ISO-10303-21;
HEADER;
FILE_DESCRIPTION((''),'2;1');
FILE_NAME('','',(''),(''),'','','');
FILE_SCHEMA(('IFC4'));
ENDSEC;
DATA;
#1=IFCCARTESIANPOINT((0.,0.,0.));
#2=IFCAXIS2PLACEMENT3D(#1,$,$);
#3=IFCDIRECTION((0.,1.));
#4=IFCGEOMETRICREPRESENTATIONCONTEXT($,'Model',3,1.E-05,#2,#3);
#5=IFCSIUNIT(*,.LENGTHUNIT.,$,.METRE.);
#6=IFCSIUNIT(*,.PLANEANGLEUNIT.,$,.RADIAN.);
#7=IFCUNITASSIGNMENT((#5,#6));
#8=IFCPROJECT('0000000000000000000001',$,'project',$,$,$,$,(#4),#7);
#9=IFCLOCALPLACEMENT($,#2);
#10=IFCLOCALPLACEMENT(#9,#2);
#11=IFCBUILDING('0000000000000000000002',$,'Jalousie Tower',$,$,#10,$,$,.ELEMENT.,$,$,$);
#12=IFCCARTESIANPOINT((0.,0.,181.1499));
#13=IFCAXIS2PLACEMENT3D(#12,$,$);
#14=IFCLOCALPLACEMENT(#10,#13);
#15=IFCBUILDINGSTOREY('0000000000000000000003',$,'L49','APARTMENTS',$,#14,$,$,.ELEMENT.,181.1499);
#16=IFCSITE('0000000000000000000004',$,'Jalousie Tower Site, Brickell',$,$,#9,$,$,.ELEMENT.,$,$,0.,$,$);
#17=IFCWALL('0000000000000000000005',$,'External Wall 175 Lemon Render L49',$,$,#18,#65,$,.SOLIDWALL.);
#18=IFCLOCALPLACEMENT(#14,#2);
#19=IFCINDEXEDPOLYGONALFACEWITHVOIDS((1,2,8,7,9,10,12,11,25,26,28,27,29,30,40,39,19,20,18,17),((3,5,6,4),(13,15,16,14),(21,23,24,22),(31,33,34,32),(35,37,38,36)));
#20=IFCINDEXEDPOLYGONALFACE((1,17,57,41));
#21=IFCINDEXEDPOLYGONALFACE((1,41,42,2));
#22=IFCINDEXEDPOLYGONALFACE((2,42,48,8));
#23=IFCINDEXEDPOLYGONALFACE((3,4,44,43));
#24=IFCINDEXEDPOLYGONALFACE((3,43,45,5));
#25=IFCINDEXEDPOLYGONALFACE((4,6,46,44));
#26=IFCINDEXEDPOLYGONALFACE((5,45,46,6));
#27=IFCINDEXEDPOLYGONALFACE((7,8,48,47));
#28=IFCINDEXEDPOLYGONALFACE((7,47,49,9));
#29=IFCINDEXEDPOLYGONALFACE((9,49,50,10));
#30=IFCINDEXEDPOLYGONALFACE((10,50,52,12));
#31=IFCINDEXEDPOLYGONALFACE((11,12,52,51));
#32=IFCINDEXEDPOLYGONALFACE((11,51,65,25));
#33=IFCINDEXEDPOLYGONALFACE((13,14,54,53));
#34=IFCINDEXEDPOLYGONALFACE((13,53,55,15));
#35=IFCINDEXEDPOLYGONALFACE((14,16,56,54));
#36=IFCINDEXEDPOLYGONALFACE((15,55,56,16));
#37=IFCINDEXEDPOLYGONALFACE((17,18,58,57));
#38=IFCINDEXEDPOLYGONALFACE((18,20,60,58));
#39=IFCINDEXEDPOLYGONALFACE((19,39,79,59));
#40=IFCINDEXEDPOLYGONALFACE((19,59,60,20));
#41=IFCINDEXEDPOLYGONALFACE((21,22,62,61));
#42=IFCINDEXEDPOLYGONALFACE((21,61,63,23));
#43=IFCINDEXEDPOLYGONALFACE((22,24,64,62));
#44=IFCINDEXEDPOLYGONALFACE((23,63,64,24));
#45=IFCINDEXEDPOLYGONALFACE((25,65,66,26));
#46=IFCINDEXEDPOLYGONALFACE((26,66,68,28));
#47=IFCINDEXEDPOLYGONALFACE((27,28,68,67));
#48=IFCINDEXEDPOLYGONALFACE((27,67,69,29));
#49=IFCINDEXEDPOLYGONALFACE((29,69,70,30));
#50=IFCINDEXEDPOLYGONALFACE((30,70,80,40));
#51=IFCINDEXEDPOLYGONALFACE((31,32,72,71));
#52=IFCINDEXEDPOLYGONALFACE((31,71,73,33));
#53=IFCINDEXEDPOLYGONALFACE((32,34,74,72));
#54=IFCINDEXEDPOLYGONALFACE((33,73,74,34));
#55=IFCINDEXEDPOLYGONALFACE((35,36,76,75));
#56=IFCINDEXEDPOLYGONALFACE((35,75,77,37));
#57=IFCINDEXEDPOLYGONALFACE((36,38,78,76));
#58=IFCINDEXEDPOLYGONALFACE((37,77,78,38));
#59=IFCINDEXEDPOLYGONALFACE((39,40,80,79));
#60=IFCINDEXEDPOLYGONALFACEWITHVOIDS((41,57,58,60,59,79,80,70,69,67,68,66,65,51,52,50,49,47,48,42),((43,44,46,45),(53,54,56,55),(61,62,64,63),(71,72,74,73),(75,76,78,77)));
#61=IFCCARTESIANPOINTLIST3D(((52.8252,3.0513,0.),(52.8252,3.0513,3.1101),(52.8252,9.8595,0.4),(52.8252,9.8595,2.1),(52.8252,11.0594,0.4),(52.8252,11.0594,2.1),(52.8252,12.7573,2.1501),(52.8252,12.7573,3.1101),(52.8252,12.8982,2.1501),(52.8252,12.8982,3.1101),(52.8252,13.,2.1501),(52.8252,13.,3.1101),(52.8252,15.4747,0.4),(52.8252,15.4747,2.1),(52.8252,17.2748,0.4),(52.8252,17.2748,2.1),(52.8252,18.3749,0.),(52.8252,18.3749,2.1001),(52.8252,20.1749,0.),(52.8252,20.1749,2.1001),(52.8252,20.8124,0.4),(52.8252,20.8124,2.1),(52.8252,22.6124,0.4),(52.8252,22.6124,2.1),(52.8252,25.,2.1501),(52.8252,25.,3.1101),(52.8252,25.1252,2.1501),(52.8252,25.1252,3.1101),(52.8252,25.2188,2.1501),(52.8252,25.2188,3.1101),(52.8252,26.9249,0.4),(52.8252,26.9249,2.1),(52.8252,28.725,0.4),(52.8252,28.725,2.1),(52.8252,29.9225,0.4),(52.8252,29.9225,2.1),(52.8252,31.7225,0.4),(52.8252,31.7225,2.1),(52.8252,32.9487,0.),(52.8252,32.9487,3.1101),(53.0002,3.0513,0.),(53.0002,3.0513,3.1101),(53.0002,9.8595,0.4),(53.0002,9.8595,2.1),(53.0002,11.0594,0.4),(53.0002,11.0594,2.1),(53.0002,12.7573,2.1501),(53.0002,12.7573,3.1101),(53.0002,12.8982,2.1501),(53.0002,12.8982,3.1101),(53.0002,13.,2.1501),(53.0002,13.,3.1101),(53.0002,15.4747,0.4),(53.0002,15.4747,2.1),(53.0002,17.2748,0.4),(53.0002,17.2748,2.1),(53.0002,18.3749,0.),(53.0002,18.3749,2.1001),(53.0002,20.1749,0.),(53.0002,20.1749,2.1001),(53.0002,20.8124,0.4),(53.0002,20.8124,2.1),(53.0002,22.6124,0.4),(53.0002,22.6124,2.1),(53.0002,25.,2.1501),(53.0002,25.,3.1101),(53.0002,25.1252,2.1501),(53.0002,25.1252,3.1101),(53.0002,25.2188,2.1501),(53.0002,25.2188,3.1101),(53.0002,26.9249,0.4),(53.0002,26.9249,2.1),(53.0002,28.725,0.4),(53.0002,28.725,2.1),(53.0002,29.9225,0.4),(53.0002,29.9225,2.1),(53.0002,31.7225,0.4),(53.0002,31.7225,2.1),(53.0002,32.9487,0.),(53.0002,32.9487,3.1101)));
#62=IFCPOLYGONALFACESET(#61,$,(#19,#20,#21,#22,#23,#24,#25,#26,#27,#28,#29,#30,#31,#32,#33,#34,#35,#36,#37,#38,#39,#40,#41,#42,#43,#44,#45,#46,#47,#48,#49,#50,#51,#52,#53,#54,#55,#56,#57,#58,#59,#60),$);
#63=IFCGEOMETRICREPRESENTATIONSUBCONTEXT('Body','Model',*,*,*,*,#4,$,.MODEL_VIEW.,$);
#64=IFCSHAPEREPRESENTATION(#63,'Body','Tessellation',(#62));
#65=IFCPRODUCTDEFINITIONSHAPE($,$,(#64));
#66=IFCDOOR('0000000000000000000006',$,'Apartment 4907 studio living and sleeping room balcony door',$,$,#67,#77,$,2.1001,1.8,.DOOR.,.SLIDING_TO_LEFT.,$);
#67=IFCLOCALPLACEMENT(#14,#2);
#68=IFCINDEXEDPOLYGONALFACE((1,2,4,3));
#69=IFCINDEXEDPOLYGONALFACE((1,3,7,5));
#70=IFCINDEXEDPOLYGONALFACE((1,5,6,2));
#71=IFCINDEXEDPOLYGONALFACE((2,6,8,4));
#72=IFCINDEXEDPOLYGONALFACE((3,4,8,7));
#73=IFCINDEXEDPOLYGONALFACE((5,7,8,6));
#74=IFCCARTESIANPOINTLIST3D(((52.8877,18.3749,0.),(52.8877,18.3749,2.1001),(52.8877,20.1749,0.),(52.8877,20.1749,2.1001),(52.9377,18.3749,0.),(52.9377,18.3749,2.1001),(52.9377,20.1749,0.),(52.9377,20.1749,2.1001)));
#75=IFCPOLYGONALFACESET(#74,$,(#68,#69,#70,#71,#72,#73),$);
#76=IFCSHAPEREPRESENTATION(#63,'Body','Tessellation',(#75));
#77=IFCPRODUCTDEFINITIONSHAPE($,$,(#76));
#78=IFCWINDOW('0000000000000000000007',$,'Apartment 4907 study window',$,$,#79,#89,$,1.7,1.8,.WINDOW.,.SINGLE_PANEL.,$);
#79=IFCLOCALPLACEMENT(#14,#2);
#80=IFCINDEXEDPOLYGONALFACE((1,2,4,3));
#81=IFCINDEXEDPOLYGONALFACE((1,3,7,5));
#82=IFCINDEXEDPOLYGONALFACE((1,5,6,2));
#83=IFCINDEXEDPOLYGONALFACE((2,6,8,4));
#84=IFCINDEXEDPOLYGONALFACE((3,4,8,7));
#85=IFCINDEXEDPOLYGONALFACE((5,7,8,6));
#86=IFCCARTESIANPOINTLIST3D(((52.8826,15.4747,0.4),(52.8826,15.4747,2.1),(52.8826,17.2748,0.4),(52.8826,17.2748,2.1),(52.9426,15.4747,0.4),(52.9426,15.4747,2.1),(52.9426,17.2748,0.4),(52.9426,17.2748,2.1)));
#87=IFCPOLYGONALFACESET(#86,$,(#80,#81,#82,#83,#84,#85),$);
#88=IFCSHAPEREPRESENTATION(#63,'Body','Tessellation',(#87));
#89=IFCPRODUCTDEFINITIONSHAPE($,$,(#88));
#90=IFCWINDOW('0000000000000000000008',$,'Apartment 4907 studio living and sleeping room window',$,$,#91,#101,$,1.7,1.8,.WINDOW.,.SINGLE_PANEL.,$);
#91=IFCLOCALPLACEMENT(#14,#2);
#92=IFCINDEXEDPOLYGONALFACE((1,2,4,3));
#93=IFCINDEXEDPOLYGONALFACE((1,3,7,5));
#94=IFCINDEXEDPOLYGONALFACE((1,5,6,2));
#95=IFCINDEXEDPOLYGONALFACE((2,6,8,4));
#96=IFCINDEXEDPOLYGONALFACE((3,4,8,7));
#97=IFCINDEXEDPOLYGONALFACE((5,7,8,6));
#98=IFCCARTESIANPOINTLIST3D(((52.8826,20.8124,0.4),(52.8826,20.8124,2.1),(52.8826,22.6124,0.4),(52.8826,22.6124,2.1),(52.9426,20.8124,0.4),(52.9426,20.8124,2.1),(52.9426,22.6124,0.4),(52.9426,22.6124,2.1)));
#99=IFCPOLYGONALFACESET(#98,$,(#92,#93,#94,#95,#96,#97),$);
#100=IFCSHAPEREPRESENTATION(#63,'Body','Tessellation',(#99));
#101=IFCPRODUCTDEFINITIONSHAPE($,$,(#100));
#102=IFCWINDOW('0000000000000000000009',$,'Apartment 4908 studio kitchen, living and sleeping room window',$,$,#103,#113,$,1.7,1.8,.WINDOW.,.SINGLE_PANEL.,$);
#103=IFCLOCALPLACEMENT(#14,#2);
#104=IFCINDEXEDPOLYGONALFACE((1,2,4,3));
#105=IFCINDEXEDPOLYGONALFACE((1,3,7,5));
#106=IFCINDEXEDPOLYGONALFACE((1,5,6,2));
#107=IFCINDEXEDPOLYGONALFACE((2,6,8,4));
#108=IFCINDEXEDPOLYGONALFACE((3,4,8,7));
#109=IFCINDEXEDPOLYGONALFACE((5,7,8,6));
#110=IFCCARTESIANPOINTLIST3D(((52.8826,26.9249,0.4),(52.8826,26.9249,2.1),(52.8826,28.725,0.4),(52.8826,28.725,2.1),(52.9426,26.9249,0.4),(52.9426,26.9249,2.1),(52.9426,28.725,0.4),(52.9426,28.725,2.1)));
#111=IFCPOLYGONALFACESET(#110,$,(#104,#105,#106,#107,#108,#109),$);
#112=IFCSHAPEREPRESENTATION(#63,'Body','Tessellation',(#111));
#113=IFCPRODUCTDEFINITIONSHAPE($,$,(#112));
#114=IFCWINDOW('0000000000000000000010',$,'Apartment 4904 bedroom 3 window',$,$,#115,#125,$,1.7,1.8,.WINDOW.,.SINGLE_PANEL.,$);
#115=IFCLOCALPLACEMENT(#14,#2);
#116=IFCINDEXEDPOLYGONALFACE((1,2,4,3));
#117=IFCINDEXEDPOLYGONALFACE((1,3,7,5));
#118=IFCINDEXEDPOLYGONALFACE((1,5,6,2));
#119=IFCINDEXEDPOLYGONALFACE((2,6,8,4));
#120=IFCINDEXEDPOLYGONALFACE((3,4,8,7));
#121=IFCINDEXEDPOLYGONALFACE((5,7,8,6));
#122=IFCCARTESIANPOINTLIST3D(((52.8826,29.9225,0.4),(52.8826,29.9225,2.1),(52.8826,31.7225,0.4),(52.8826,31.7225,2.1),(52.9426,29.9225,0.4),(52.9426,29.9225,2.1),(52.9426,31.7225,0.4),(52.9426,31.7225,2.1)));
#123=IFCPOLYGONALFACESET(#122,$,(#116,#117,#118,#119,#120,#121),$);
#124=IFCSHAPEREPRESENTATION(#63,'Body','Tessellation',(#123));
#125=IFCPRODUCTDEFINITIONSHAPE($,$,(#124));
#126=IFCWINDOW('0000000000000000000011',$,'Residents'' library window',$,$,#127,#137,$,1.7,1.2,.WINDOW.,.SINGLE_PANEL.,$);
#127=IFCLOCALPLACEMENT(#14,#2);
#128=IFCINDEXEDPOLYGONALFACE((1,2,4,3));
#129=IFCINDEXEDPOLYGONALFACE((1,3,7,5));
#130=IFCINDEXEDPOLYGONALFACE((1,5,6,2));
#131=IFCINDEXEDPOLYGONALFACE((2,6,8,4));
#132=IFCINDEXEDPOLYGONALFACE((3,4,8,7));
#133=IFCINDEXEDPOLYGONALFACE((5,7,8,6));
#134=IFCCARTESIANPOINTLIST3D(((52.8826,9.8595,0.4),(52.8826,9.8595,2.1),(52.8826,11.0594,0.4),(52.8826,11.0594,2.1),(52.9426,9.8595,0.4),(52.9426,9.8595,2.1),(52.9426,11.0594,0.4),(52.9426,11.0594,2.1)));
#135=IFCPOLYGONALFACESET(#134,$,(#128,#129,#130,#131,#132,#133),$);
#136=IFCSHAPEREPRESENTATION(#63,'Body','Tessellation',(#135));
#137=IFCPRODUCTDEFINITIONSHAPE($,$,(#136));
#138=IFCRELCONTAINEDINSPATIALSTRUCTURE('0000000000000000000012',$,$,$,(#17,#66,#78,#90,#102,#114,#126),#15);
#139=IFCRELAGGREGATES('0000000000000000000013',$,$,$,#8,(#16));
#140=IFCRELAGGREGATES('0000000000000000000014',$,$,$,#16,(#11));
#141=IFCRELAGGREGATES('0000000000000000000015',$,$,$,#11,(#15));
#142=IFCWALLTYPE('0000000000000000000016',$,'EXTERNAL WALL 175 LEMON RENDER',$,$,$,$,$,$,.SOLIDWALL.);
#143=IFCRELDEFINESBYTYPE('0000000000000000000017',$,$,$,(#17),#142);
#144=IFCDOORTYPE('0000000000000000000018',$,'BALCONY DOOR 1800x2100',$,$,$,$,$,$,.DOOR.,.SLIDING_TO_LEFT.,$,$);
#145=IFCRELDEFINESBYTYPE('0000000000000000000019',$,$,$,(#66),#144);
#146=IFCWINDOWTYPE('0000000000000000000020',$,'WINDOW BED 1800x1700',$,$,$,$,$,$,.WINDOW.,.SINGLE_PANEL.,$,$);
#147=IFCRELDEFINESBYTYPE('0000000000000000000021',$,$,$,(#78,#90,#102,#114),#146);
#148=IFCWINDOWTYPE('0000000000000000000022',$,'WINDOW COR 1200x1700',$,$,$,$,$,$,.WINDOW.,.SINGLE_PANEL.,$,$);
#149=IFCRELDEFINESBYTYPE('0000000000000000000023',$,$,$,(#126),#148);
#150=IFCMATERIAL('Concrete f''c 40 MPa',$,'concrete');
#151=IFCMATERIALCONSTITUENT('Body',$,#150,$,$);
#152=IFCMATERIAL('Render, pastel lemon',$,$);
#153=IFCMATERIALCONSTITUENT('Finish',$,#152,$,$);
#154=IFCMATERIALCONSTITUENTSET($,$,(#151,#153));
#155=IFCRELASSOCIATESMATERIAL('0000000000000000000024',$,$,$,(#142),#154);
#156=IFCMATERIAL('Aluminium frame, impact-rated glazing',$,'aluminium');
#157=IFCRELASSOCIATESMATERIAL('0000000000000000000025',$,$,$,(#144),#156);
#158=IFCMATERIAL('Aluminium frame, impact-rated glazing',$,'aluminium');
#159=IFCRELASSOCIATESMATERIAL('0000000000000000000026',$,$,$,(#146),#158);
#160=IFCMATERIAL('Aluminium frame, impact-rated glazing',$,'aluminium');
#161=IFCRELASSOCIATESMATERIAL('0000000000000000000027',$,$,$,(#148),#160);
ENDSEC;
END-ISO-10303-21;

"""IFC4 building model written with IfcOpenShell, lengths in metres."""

from ifc_helpers import new_model, si_unit, direction, frame, frame_2d, origin, place, context, subcontext, project, spatial, polyline, rectangle, outline, extrude, material, constituent, constituent_set, type_object, element, fill, save


model = new_model("IFC4")

# Units and contexts
model_context = context("Model", 3, precision=1e-05, world=origin(), true_north=direction((0.0, 1.0)))
body_context = subcontext(model_context, "Body", "Model", "MODEL_VIEW")
ifc_project = project(units=[si_unit("LENGTHUNIT", "METRE"), si_unit("PLANEANGLEUNIT", "RADIAN")], contexts=[model_context])

# Site, building, storey
site_placement = place(None, origin())
site = spatial("IfcSite", under=ifc_project, at=site_placement, Name="Jalousie Tower Site, Brickell", CompositionType="ELEMENT", RefElevation=0.0)
building_placement = place(site_placement, origin())
building = spatial("IfcBuilding", under=site, at=building_placement, Name="Jalousie Tower", CompositionType="ELEMENT")
storey_placement = place(building_placement, frame((0.0, 0.0, 181.1499)))
storey = spatial("IfcBuildingStorey", under=building, at=storey_placement, Name="L49", Description="APARTMENTS", CompositionType="ELEMENT", Elevation=181.1499)

# Wall, openings, door, windows
ifc_material_1 = material(Name="Concrete f'c 40 MPa", Category="concrete")
ifc_constituent_1 = constituent(ifc_material_1, Name="Body")
ifc_material_2 = material(Name="Render, pastel lemon")
ifc_constituent_2 = constituent(ifc_material_2, Name="Finish")
ifc_constituent_set_1 = constituent_set(constituents=[ifc_constituent_1, ifc_constituent_2])
wall_type_1 = type_object("IfcWallType", Name="EXTERNAL WALL 175 LEMON RENDER", PredefinedType="SOLIDWALL", material=ifc_constituent_set_1)
wall_1_placement = place(storey_placement, frame((52.9126, 3.0513, 0.0), z_axis=(0.0, 0.0, 1.0), x_axis=(0.0, 1.0, 0.0)))
wall_1 = element("IfcWall", 1, at=wall_1_placement, inside=storey, type_object=wall_type_1, Name="External Wall 175 Lemon Render L49", PredefinedType="SOLIDWALL", context=body_context, shape_type="SweptSolid", body=[
    extrude(outline(polyline([(0.0, 0.0), (29.8975, 0.0), (29.8975, 3.1101), (22.1675, 3.1101), (22.1675, 2.1501), (22.074, 2.1501), (22.074, 3.1101), (21.9487, 3.1101), (21.9487, 2.1501), (9.9487, 2.1501), (9.9487, 3.1101), (9.8469, 3.1101), (9.8469, 2.1501), (9.7061, 2.1501), (9.7061, 3.1101), (0.0, 3.1101), (0.0, 0.0)])), frame((0.0, 0.0874, 0.0), z_axis=(0.0, -1.0, 0.0), x_axis=(1.0, 0.0, 0.0)), (0.0, 0.0, 1.0), 0.175),
])
opening_1_placement = place(wall_1_placement, frame((6.8081, 0.0, 0.3999)))
opening_1 = element("IfcOpeningElement", 2, at=opening_1_placement, cuts=wall_1, PredefinedType="OPENING", context=body_context, shape_type="SweptSolid", body=[
    extrude(rectangle(XDim=1.2, YDim=1.7, at=frame_2d((0.6001, 0.8501))), frame((0.0, 0.0974, 0.0), z_axis=(0.0, -1.0, 0.0), x_axis=(1.0, 0.0, 0.0)), (0.0, 0.0, 1.0), 0.1951),
])
opening_2_placement = place(wall_1_placement, frame((12.4236, 0.0, 0.3999)))
opening_2 = element("IfcOpeningElement", 3, at=opening_2_placement, cuts=wall_1, PredefinedType="OPENING", context=body_context, shape_type="SweptSolid", body=[
    extrude(rectangle(XDim=1.8, YDim=1.7, at=frame_2d((0.8999, 0.8501))), frame((0.0, 0.0974, 0.0), z_axis=(0.0, -1.0, 0.0), x_axis=(1.0, 0.0, 0.0)), (0.0, 0.0, 1.0), 0.1951),
])
opening_3_placement = place(wall_1_placement, frame((15.3237, 0.0, 0.0)))
opening_3 = element("IfcOpeningElement", 4, at=opening_3_placement, cuts=wall_1, PredefinedType="OPENING", context=body_context, shape_type="SweptSolid", body=[
    extrude(rectangle(XDim=1.8, YDim=2.1001, at=frame_2d((0.8999, 1.05))), frame((0.0, 0.0974, 0.0), z_axis=(0.0, -1.0, 0.0), x_axis=(1.0, 0.0, 0.0)), (0.0, 0.0, 1.0), 0.1951),
])
opening_4_placement = place(wall_1_placement, frame((17.7612, 0.0, 0.3999)))
opening_4 = element("IfcOpeningElement", 5, at=opening_4_placement, cuts=wall_1, PredefinedType="OPENING", context=body_context, shape_type="SweptSolid", body=[
    extrude(rectangle(XDim=1.8, YDim=1.7, at=frame_2d((0.8999, 0.8501))), frame((0.0, 0.0974, 0.0), z_axis=(0.0, -1.0, 0.0), x_axis=(1.0, 0.0, 0.0)), (0.0, 0.0, 1.0), 0.1951),
])
opening_5_placement = place(wall_1_placement, frame((23.8738, 0.0, 0.3999)))
opening_5 = element("IfcOpeningElement", 6, at=opening_5_placement, cuts=wall_1, PredefinedType="OPENING", context=body_context, shape_type="SweptSolid", body=[
    extrude(rectangle(XDim=1.8, YDim=1.7, at=frame_2d((0.8999, 0.8501))), frame((0.0, 0.0974, 0.0), z_axis=(0.0, -1.0, 0.0), x_axis=(1.0, 0.0, 0.0)), (0.0, 0.0, 1.0), 0.1951),
])
opening_6_placement = place(wall_1_placement, frame((26.8713, 0.0, 0.3999)))
opening_6 = element("IfcOpeningElement", 7, at=opening_6_placement, cuts=wall_1, PredefinedType="OPENING", context=body_context, shape_type="SweptSolid", body=[
    extrude(rectangle(XDim=1.8, YDim=1.7, at=frame_2d((0.8999, 0.8501))), frame((0.0, 0.0974, 0.0), z_axis=(0.0, -1.0, 0.0), x_axis=(1.0, 0.0, 0.0)), (0.0, 0.0, 1.0), 0.1951),
])
ifc_material_3 = material(Name="Aluminium frame, impact-rated glazing", Category="aluminium")
door_type_1 = type_object("IfcDoorType", Name="BALCONY DOOR 1800x2100", OperationType="SLIDING_TO_LEFT", PredefinedType="DOOR", material=ifc_material_3)
door_1_placement = place(opening_3_placement, origin())
door_1 = element("IfcDoor", 8, at=door_1_placement, inside=storey, type_object=door_type_1, Name="Apartment 4907 studio living and sleeping room balcony door", OperationType="SLIDING_TO_LEFT", OverallHeight=2.1001, OverallWidth=1.8, PredefinedType="DOOR", context=body_context, shape_type="SweptSolid", body=[
    extrude(rectangle(XDim=1.8, YDim=2.1001, at=frame_2d((0.8999, 1.05))), frame((0.0, 0.0249, 0.0), z_axis=(0.0, -1.0, 0.0), x_axis=(1.0, 0.0, 0.0)), (0.0, 0.0, 1.0), 0.05),
])
fill(opening_3, door_1)
ifc_material_4 = material(Name="Aluminium frame, impact-rated glazing", Category="aluminium")
window_type_1 = type_object("IfcWindowType", Name="WINDOW BED 1800x1700", PartitioningType="SINGLE_PANEL", PredefinedType="WINDOW", material=ifc_material_4)
window_1_placement = place(opening_2_placement, origin())
window_1 = element("IfcWindow", 9, at=window_1_placement, inside=storey, type_object=window_type_1, Name="Apartment 4907 study window", OverallHeight=1.7, OverallWidth=1.8, PartitioningType="SINGLE_PANEL", PredefinedType="WINDOW", context=body_context, shape_type="SweptSolid", body=[
    extrude(rectangle(XDim=1.8, YDim=1.7, at=frame_2d((0.8999, 0.8501))), frame((0.0, 0.03, 0.0), z_axis=(0.0, -1.0, 0.0), x_axis=(1.0, 0.0, 0.0)), (0.0, 0.0, 1.0), 0.0601),
])
fill(opening_2, window_1)
window_2_placement = place(opening_4_placement, origin())
window_2 = element("IfcWindow", 10, at=window_2_placement, inside=storey, type_object=window_type_1, Name="Apartment 4907 studio living and sleeping room window", OverallHeight=1.7, OverallWidth=1.8, PartitioningType="SINGLE_PANEL", PredefinedType="WINDOW", context=body_context, shape_type="SweptSolid", body=[
    extrude(rectangle(XDim=1.8, YDim=1.7, at=frame_2d((0.8999, 0.8501))), frame((0.0, 0.03, 0.0), z_axis=(0.0, -1.0, 0.0), x_axis=(1.0, 0.0, 0.0)), (0.0, 0.0, 1.0), 0.0601),
])
fill(opening_4, window_2)
window_3_placement = place(opening_5_placement, origin())
window_3 = element("IfcWindow", 11, at=window_3_placement, inside=storey, type_object=window_type_1, Name="Apartment 4908 studio kitchen, living and sleeping room window", OverallHeight=1.7, OverallWidth=1.8, PartitioningType="SINGLE_PANEL", PredefinedType="WINDOW", context=body_context, shape_type="SweptSolid", body=[
    extrude(rectangle(XDim=1.8, YDim=1.7, at=frame_2d((0.8999, 0.8501))), frame((0.0, 0.03, 0.0), z_axis=(0.0, -1.0, 0.0), x_axis=(1.0, 0.0, 0.0)), (0.0, 0.0, 1.0), 0.0601),
])
fill(opening_5, window_3)
window_4_placement = place(opening_6_placement, origin())
window_4 = element("IfcWindow", 12, at=window_4_placement, inside=storey, type_object=window_type_1, Name="Apartment 4904 bedroom 3 window", OverallHeight=1.7, OverallWidth=1.8, PartitioningType="SINGLE_PANEL", PredefinedType="WINDOW", context=body_context, shape_type="SweptSolid", body=[
    extrude(rectangle(XDim=1.8, YDim=1.7, at=frame_2d((0.8999, 0.8501))), frame((0.0, 0.03, 0.0), z_axis=(0.0, -1.0, 0.0), x_axis=(1.0, 0.0, 0.0)), (0.0, 0.0, 1.0), 0.0601),
])
fill(opening_6, window_4)
ifc_material_5 = material(Name="Aluminium frame, impact-rated glazing", Category="aluminium")
window_type_2 = type_object("IfcWindowType", Name="WINDOW COR 1200x1700", PartitioningType="SINGLE_PANEL", PredefinedType="WINDOW", material=ifc_material_5)
window_5_placement = place(opening_1_placement, origin())
window_5 = element("IfcWindow", 13, at=window_5_placement, inside=storey, type_object=window_type_2, Name="Residents' library window", OverallHeight=1.7, OverallWidth=1.2, PartitioningType="SINGLE_PANEL", PredefinedType="WINDOW", context=body_context, shape_type="SweptSolid", body=[
    extrude(rectangle(XDim=1.2, YDim=1.7, at=frame_2d((0.6001, 0.8501))), frame((0.0, 0.03, 0.0), z_axis=(0.0, -1.0, 0.0), x_axis=(1.0, 0.0, 0.0)), (0.0, 0.0, 1.0), 0.0601),
])
fill(opening_1, window_5)

save(model, "model.ifc")
